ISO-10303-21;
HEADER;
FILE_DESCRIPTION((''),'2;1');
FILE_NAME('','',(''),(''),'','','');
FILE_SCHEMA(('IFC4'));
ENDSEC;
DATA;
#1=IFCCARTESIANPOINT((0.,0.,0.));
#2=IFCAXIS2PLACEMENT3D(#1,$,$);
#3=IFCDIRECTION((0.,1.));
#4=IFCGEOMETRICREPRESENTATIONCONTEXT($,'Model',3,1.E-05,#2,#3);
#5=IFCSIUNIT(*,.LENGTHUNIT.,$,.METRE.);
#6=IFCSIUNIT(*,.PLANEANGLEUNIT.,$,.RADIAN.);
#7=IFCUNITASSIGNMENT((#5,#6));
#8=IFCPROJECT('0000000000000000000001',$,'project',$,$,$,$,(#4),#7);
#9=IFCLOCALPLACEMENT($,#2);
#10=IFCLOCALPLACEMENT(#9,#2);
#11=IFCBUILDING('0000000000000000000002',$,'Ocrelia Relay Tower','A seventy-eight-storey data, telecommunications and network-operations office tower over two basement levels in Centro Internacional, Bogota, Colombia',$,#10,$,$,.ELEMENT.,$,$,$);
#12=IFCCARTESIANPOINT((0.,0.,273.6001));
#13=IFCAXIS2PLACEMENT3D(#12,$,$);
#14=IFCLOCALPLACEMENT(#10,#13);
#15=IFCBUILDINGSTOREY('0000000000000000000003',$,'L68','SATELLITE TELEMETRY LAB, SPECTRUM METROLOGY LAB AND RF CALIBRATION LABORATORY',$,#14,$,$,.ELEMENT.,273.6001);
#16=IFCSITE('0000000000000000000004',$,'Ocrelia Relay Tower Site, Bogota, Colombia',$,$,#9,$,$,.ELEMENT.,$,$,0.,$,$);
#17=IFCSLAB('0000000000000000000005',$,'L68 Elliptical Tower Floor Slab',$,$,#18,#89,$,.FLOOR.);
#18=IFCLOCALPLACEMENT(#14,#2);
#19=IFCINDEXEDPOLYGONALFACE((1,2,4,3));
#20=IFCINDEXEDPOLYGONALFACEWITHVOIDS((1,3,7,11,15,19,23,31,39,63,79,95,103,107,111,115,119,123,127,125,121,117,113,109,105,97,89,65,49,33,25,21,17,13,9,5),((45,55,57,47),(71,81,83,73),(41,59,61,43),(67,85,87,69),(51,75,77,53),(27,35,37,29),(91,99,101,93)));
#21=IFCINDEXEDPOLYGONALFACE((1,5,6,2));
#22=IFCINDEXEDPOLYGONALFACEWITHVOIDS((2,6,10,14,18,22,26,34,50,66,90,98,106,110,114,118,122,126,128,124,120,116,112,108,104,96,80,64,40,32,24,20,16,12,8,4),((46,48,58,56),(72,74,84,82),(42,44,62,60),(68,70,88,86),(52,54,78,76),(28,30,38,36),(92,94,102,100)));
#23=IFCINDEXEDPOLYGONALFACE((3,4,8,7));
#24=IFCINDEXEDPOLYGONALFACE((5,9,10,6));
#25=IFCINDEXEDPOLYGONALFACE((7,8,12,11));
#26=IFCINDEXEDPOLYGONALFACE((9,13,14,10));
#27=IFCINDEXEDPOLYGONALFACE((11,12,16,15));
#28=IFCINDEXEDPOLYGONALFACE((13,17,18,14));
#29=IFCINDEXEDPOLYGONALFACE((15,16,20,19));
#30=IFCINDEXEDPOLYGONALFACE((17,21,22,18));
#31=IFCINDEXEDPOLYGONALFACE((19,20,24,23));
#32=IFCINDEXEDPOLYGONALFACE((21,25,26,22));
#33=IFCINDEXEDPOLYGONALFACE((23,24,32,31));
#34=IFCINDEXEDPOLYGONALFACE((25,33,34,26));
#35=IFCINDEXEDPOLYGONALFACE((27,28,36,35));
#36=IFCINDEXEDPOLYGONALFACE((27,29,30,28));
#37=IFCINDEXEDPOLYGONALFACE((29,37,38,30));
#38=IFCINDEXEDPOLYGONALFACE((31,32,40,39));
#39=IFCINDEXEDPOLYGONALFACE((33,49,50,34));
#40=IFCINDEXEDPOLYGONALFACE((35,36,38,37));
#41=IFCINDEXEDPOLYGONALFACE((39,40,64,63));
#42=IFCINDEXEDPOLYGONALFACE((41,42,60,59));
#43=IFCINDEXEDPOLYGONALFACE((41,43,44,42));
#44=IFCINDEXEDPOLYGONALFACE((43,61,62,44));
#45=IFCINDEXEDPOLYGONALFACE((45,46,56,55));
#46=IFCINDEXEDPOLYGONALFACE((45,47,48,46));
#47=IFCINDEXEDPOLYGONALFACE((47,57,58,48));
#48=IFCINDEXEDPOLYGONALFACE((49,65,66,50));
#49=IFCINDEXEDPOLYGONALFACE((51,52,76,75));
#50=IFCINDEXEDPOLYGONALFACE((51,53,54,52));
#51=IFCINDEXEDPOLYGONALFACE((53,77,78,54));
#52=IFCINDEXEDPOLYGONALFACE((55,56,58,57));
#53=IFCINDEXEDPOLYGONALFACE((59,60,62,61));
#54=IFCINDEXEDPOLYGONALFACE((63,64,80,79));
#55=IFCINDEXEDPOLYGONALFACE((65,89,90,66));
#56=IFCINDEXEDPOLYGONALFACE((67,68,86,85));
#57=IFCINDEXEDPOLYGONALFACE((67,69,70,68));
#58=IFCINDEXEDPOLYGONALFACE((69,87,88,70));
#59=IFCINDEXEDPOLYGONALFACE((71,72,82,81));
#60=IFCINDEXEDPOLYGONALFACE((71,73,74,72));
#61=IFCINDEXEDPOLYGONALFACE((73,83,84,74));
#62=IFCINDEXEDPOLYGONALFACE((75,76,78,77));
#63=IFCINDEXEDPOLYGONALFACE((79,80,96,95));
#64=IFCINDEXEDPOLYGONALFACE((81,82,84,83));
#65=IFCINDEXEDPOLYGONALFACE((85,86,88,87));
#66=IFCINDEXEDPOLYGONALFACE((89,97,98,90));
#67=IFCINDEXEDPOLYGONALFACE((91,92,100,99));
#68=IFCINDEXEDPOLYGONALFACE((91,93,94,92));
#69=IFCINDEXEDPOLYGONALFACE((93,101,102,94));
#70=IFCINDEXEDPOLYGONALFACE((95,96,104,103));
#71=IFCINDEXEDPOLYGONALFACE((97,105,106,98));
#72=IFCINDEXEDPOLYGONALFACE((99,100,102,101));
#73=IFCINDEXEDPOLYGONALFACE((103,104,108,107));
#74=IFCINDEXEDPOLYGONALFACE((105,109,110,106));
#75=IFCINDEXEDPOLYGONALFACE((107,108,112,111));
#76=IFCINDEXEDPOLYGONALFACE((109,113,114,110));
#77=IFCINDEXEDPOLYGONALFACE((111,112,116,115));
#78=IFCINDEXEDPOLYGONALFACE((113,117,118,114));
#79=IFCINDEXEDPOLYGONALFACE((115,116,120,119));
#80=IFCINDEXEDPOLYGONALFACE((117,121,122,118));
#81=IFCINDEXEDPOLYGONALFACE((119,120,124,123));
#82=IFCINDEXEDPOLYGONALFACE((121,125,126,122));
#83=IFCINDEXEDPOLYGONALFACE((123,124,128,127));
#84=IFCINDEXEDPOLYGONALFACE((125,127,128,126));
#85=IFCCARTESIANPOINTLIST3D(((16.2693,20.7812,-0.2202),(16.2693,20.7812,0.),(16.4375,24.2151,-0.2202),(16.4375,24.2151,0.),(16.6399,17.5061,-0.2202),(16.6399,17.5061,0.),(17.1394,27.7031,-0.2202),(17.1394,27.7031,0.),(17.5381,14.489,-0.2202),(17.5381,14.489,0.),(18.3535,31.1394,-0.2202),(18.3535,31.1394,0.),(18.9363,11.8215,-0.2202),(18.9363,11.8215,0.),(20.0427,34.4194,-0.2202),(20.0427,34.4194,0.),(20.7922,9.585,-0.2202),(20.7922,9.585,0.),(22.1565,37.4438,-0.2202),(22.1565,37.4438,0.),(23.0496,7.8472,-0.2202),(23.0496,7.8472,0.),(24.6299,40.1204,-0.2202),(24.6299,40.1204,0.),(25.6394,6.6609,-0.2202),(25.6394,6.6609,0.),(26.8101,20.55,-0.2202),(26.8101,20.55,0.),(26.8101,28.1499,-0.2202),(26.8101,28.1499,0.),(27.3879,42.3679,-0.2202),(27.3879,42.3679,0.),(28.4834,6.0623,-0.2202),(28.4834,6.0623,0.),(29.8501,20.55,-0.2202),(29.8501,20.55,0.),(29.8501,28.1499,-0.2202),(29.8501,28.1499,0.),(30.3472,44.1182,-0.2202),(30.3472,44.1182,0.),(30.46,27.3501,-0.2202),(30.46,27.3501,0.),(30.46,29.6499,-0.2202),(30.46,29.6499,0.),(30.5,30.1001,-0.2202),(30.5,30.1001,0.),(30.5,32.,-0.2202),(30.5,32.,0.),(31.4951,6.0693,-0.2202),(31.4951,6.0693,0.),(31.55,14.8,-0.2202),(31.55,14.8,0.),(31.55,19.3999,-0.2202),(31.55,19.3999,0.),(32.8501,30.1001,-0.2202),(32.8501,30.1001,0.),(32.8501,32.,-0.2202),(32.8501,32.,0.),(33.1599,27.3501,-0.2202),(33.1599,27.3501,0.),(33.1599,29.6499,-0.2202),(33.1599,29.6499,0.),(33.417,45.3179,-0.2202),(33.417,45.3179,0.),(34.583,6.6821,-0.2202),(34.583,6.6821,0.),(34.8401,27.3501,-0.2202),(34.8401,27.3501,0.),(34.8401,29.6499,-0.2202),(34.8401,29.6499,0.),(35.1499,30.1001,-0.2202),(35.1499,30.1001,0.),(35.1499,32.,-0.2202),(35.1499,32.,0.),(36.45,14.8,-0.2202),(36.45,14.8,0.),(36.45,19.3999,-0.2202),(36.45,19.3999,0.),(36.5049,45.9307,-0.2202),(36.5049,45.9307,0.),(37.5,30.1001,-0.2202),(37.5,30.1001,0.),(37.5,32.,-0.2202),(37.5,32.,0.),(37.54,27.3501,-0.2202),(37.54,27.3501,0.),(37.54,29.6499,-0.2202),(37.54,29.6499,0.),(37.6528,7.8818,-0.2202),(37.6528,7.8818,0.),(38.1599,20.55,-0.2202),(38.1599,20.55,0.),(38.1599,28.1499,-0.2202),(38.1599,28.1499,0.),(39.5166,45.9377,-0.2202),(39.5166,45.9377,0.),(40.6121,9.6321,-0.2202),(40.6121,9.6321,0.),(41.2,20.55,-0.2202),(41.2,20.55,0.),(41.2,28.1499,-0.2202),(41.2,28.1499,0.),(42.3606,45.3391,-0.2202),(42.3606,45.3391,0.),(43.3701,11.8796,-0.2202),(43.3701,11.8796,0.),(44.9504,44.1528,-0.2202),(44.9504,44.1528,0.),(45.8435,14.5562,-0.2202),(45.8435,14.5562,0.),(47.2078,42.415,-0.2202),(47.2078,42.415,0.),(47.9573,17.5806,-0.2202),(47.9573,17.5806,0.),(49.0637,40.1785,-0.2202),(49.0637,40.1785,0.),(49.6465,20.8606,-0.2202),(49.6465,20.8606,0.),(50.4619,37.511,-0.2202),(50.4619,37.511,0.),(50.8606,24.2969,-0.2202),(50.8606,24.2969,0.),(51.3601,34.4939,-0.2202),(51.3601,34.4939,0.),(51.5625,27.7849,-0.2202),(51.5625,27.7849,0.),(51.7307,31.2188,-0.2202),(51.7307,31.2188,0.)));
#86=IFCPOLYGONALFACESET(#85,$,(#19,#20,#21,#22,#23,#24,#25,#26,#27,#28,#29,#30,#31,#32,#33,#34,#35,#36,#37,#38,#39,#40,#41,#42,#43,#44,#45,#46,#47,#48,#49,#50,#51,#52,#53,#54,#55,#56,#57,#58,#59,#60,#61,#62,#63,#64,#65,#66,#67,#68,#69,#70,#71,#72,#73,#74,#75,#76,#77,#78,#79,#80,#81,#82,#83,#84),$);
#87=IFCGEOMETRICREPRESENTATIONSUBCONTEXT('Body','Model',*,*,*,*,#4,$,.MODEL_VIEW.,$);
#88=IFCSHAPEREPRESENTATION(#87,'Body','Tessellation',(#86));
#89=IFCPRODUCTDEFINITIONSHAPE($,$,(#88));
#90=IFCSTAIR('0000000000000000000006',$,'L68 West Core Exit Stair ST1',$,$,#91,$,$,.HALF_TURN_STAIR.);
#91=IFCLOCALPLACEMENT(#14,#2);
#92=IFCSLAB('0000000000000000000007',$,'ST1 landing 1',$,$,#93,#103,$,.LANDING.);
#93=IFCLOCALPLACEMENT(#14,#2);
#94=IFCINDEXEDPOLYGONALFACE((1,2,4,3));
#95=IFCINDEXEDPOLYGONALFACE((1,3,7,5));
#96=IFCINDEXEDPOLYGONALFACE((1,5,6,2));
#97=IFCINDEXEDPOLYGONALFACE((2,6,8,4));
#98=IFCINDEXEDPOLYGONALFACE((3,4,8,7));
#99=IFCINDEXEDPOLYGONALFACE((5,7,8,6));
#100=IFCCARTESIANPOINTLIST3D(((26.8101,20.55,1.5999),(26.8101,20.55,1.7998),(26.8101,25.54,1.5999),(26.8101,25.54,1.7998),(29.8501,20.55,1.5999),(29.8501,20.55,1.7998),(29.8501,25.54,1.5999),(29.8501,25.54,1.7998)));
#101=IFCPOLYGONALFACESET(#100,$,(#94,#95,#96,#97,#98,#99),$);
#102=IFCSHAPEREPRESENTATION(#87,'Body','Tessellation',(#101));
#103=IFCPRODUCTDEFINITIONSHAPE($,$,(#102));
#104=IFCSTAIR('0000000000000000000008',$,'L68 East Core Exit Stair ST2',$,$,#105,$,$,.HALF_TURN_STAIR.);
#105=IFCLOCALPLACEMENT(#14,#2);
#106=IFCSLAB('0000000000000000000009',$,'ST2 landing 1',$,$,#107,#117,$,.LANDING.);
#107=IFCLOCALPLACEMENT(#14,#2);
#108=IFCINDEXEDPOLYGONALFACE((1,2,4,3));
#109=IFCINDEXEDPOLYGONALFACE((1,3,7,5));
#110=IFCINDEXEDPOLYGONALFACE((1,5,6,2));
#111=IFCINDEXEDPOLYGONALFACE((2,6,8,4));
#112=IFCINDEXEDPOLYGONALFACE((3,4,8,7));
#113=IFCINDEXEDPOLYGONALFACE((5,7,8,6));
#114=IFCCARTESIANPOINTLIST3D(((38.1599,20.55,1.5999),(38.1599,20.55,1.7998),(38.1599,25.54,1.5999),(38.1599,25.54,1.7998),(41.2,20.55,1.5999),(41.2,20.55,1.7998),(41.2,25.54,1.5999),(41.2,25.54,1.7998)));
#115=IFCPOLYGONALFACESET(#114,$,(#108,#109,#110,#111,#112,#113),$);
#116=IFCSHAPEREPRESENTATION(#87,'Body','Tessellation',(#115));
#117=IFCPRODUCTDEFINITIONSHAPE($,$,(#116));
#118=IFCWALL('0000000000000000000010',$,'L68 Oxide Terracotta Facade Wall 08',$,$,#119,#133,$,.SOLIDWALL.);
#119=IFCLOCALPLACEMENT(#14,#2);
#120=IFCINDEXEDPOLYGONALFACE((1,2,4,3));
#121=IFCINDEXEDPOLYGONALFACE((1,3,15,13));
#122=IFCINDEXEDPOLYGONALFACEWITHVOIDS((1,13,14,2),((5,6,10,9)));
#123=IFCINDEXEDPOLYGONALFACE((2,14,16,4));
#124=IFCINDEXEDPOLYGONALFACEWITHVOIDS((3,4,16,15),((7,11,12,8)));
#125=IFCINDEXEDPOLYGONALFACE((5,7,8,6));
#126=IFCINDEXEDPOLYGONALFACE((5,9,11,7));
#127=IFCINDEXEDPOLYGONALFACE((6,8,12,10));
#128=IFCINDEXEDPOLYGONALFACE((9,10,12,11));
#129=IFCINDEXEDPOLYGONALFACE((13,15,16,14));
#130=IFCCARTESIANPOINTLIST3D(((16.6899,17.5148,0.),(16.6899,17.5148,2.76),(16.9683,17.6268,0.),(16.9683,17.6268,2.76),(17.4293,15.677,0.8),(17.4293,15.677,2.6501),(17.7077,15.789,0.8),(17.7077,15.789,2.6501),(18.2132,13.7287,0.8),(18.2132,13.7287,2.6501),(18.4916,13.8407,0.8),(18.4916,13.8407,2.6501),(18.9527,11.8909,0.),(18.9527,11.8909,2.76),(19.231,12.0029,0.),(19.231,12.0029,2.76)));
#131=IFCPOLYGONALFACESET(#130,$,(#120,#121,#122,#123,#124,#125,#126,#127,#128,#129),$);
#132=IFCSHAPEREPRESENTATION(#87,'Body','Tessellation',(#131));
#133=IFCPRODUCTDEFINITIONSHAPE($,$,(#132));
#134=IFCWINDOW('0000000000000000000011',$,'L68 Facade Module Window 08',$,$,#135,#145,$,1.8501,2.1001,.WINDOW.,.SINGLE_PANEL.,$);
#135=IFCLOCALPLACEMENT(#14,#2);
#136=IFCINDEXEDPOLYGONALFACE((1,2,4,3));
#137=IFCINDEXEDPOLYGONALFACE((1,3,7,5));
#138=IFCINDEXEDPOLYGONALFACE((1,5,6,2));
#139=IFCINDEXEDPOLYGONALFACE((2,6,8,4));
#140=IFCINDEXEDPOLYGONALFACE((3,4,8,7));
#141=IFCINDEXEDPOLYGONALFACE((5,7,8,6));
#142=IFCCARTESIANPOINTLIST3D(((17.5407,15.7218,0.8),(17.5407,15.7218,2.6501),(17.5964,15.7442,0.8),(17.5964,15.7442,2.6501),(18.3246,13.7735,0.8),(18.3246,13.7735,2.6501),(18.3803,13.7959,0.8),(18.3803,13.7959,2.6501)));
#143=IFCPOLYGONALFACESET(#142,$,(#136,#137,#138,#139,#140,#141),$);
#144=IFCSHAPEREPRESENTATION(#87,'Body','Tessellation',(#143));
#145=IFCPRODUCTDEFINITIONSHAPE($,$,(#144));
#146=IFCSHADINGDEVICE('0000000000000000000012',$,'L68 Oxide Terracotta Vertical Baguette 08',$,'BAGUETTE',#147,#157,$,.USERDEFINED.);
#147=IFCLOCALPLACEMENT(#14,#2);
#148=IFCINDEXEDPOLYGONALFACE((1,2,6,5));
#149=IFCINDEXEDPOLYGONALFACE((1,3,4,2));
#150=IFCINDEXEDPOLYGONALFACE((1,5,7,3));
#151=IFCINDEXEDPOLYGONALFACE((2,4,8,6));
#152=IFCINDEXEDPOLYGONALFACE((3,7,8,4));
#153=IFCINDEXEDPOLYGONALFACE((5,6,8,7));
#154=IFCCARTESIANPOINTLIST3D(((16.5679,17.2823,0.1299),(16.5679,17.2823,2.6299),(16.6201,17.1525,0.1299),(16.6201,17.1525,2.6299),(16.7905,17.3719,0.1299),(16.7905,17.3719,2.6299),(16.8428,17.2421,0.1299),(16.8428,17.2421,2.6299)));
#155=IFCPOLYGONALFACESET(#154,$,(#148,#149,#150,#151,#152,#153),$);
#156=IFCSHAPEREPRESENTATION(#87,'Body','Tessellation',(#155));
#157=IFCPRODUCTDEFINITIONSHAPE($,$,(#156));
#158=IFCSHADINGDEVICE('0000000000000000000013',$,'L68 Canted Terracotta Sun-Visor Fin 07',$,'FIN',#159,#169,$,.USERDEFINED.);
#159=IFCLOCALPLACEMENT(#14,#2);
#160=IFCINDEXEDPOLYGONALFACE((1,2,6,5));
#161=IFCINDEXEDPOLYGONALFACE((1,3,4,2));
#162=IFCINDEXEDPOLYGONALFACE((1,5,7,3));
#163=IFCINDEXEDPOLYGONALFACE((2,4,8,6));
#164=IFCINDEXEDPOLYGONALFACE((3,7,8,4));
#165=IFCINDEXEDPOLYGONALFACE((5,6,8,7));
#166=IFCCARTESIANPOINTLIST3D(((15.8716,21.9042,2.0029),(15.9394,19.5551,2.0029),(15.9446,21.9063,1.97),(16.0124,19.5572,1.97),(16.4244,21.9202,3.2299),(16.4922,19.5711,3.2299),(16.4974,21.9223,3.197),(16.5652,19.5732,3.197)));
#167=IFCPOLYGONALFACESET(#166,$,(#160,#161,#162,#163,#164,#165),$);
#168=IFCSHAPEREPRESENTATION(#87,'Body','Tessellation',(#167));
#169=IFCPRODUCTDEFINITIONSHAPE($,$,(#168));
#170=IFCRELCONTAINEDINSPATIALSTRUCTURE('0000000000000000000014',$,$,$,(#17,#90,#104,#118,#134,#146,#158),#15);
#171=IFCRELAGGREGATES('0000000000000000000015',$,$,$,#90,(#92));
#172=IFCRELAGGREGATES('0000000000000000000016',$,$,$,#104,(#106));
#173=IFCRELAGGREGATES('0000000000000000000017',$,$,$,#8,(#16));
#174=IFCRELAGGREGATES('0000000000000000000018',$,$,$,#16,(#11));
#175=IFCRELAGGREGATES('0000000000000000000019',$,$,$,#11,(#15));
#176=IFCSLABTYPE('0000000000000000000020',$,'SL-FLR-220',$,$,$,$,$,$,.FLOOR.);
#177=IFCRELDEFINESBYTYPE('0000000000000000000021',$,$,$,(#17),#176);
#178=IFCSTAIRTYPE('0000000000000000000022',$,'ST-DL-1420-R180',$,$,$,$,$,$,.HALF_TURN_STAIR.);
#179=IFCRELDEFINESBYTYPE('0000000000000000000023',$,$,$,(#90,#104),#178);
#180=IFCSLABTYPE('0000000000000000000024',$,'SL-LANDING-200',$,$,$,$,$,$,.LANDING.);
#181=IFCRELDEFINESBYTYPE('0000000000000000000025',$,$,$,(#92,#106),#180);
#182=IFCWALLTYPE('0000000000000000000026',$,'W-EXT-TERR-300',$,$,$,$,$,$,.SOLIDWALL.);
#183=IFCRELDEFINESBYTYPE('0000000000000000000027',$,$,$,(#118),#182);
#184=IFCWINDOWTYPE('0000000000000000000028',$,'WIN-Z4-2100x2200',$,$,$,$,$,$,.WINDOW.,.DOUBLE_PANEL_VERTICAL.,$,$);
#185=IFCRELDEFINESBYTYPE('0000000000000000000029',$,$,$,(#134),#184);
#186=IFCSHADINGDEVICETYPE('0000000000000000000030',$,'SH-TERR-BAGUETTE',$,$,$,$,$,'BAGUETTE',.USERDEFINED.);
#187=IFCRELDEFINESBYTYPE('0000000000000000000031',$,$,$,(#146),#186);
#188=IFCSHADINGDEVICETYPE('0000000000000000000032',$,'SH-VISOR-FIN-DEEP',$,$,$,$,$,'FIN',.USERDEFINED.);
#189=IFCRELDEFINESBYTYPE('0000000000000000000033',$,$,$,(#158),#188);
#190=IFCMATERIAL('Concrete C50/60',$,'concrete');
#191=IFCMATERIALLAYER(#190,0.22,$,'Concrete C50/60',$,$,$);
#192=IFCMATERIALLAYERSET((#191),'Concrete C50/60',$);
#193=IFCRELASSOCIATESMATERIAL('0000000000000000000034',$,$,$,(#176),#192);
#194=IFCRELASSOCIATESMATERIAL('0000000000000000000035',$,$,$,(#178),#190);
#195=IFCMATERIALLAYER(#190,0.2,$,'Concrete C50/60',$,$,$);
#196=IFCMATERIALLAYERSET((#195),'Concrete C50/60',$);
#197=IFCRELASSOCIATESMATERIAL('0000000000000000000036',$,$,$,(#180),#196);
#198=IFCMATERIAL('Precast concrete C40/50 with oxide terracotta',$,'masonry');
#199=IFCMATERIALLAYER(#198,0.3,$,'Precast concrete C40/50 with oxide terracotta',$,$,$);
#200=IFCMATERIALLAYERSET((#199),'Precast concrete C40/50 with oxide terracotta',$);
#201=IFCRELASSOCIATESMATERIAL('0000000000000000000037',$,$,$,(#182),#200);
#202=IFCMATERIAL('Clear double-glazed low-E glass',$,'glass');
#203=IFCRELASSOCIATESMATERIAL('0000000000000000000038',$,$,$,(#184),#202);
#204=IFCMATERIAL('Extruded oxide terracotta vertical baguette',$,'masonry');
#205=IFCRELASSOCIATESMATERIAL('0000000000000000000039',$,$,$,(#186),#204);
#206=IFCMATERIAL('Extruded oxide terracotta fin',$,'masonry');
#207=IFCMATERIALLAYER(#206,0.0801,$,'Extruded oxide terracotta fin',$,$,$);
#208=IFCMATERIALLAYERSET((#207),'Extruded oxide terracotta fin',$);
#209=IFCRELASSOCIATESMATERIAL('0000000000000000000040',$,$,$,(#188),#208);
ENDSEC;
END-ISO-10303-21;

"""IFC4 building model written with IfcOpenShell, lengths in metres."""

from ifc_helpers import new_model, si_unit, direction, frame, frame_2d, origin, origin_2d, place, context, subcontext, project, spatial, polyline, rectangle, outline, extrude, material, layer, layer_set, type_object, element, fill, aggregate, save


model = new_model("IFC4")

# Units and contexts
model_context = context("Model", 3, precision=1e-05, world=origin(), true_north=direction((0.0, 1.0)))
body_context = subcontext(model_context, "Body", "Model", "MODEL_VIEW")
ifc_project = project(units=[si_unit("LENGTHUNIT", "METRE"), si_unit("PLANEANGLEUNIT", "RADIAN")], contexts=[model_context])

# Site, building, storey
site_placement = place(None, origin())
site = spatial("IfcSite", under=ifc_project, at=site_placement, Name="Ocrelia Relay Tower Site, Bogota, Colombia", CompositionType="ELEMENT", RefElevation=0.0)
building_placement = place(site_placement, origin())
building = spatial("IfcBuilding", under=site, at=building_placement, Name="Ocrelia Relay Tower", Description="A seventy-eight-storey data, telecommunications and network-operations office tower over two basement levels in Centro Internacional, Bogota, Colombia", CompositionType="ELEMENT")
storey_placement = place(building_placement, frame((0.0, 0.0, 273.6001)))
storey = spatial("IfcBuildingStorey", under=building, at=storey_placement, Name="L68", Description="SATELLITE TELEMETRY LAB, SPECTRUM METROLOGY LAB AND RF CALIBRATION LABORATORY", CompositionType="ELEMENT", Elevation=273.6001)

# Shared definitions
ifc_material_1 = material(Name="Concrete C50/60", Category="concrete")

# Shared definitions
ifc_material_2 = material(Name="Clear double-glazed low-E glass", Category="glass")

# Slab
ifc_layer_1 = layer(ifc_material_1, 0.22, Name="Concrete C50/60")
ifc_layer_set_1 = layer_set([ifc_layer_1], Name="Concrete C50/60")
slab_type_1 = type_object("IfcSlabType", Name="SL-FLR-220", PredefinedType="FLOOR", material=ifc_layer_set_1)
slab_1_placement = place(storey_placement, frame((0.0, 0.0, -0.2202)))
element("IfcSlab", 1, at=slab_1_placement, inside=storey, type_object=slab_type_1, Name="L68 Elliptical Tower Floor Slab", PredefinedType="FLOOR", context=body_context, shape_type="SweptSolid", body=[
    extrude(outline(polyline([(44.9504, 44.1528), (42.3606, 45.3391), (39.5166, 45.9377), (36.5049, 45.9307), (33.417, 45.3179), (30.3472, 44.1182), (27.3879, 42.3679), (24.6299, 40.1204), (22.1565, 37.4438), (20.0427, 34.4194), (18.3535, 31.1394), (17.1394, 27.7031), (16.4375, 24.2151), (16.2693, 20.7812), (16.6399, 17.5061), (17.5381, 14.489), (18.9363, 11.8215), (20.7922, 9.585), (23.0496, 7.8472), (25.6394, 6.6609), (28.4834, 6.0623), (31.4951, 6.0693), (34.583, 6.6821), (37.6528, 7.8818), (40.6121, 9.6321), (43.3701, 11.8796), (45.8435, 14.5562), (47.9573, 17.5806), (49.6465, 20.8606), (50.8606, 24.2969), (51.5625, 27.7849), (51.7307, 31.2188), (51.3601, 34.4939), (50.4619, 37.511), (49.0637, 40.1785), (47.2078, 42.415), (44.9504, 44.1528)]), holes=[polyline([(26.8101, 28.1499), (26.8101, 20.55), (29.8501, 20.55), (29.8501, 28.1499), (26.8101, 28.1499)]), polyline([(38.1599, 28.1499), (38.1599, 20.55), (41.2, 20.55), (41.2, 28.1499), (38.1599, 28.1499)]), polyline([(30.46, 27.3501), (33.1599, 27.3501), (33.1599, 29.6499), (30.46, 29.6499), (30.46, 27.3501)]), polyline([(34.8401, 27.3501), (37.54, 27.3501), (37.54, 29.6499), (34.8401, 29.6499), (34.8401, 27.3501)]), polyline([(30.5, 30.1001), (32.8501, 30.1001), (32.8501, 32.0), (30.5, 32.0), (30.5, 30.1001)]), polyline([(35.1499, 30.1001), (37.5, 30.1001), (37.5, 32.0), (35.1499, 32.0), (35.1499, 30.1001)]), polyline([(31.55, 14.8), (36.45, 14.8), (36.45, 19.3999), (31.55, 19.3999), (31.55, 14.8)])]), origin(), (0.0, 0.0, 1.0), 0.2202),
])

# Stairs, slabs
stair_type = type_object("IfcStairType", Name="ST-DL-1420-R180", PredefinedType="HALF_TURN_STAIR", material=ifc_material_1)
stair_1_placement = place(storey_placement, origin())
stair_1 = element("IfcStair", 2, at=stair_1_placement, inside=storey, type_object=stair_type, Name="L68 West Core Exit Stair ST1", PredefinedType="HALF_TURN_STAIR")
ifc_layer_2 = layer(ifc_material_1, 0.2, Name="Concrete C50/60")
ifc_layer_set_2 = layer_set([ifc_layer_2], Name="Concrete C50/60")
slab_type_2 = type_object("IfcSlabType", Name="SL-LANDING-200", PredefinedType="LANDING", material=ifc_layer_set_2)
slab_2_placement = place(storey_placement, frame((0.0, 0.0, 1.5999)))
slab_2 = element("IfcSlab", 3, at=slab_2_placement, type_object=slab_type_2, Name="ST1 landing 1", PredefinedType="LANDING", context=body_context, shape_type="SweptSolid", body=[
    extrude(outline(polyline([(26.8101, 25.54), (26.8101, 20.55), (29.8501, 20.55), (29.8501, 25.54), (26.8101, 25.54)])), origin(), (0.0, 0.0, 1.0), 0.2),
])
aggregate(stair_1, [slab_2])
stair_2_placement = place(storey_placement, origin())
stair_2 = element("IfcStair", 4, at=stair_2_placement, inside=storey, type_object=stair_type, Name="L68 East Core Exit Stair ST2", PredefinedType="HALF_TURN_STAIR")
slab_3_placement = place(storey_placement, frame((0.0, 0.0, 1.5999)))
slab_3 = element("IfcSlab", 5, at=slab_3_placement, type_object=slab_type_2, Name="ST2 landing 1", PredefinedType="LANDING", context=body_context, shape_type="SweptSolid", body=[
    extrude(outline(polyline([(38.1599, 25.54), (38.1599, 20.55), (41.2, 20.55), (41.2, 25.54), (38.1599, 25.54)])), origin(), (0.0, 0.0, 1.0), 0.2),
])
aggregate(stair_2, [slab_3])

# Wall, opening, window
ifc_material_3 = material(Name="Precast concrete C40/50 with oxide terracotta", Category="masonry")
ifc_layer_3 = layer(ifc_material_3, 0.3, Name="Precast concrete C40/50 with oxide terracotta")
ifc_layer_set_3 = layer_set([ifc_layer_3], Name="Precast concrete C40/50 with oxide terracotta")
wall_type_1 = type_object("IfcWallType", Name="W-EXT-TERR-300", PredefinedType="SOLIDWALL", material=ifc_layer_set_3)
wall_1_placement = place(storey_placement, frame((16.8291, 17.5708, 0.0), z_axis=(0.0, 0.0, 1.0), x_axis=(0.373265, -0.927725, 0.0)))
wall_1 = element("IfcWall", 6, at=wall_1_placement, inside=storey, type_object=wall_type_1, Name="L68 Oxide Terracotta Facade Wall 08", PredefinedType="SOLIDWALL", context=body_context, shape_type="SweptSolid", body=[
    extrude(rectangle(XDim=6.062, YDim=0.3, at=frame_2d((3.031, 0.0))), origin(), (0.0, 0.0, 1.0), 2.76),
])
opening_1_placement = place(wall_1_placement, frame((1.981, 0.0, 0.8)))
opening_1 = element("IfcOpeningElement", 7, at=opening_1_placement, cuts=wall_1, PredefinedType="OPENING", context=body_context, shape_type="SweptSolid", body=[
    extrude(rectangle(XDim=2.1001, YDim=1.8501, at=frame_2d((1.05, 0.925))), frame((0.0, 0.1602, 0.0), z_axis=(0.0, -1.0, 0.0), x_axis=(1.0, 0.0, 0.0)), (0.0, 0.0, 1.0), 0.3201),
])
window_type = type_object("IfcWindowType", Name="WIN-Z4-2100x2200", PartitioningType="DOUBLE_PANEL_VERTICAL", PredefinedType="WINDOW", material=ifc_material_2)
window_placement = place(opening_1_placement, origin())
window = element("IfcWindow", 8, at=window_placement, inside=storey, type_object=window_type, Name="L68 Facade Module Window 08", OverallHeight=1.8501, OverallWidth=2.1001, PartitioningType="SINGLE_PANEL", PredefinedType="WINDOW", context=body_context, shape_type="SweptSolid", body=[
    extrude(rectangle(XDim=2.1001, YDim=1.8501, at=frame_2d((1.05, 0.925))), frame((0.0, 0.03, 0.0), z_axis=(0.0, -1.0, 0.0), x_axis=(1.0, 0.0, 0.0)), (0.0, 0.0, 1.0), 0.0601),
])
fill(opening_1, window)

# Shading devices
ifc_material_4 = material(Name="Extruded oxide terracotta vertical baguette", Category="masonry")
shading_device_type_1 = type_object("IfcShadingDeviceType", Name="SH-TERR-BAGUETTE", ElementType="BAGUETTE", PredefinedType="USERDEFINED", material=ifc_material_4)
shading_device_1_placement = place(storey_placement, frame((16.7053, 17.2622, 0.1299), z_axis=(0.0, 0.0, 1.0), x_axis=(0.37327, -0.927723, 0.0)))
element("IfcShadingDevice", 9, at=shading_device_1_placement, inside=storey, type_object=shading_device_type_1, Name="L68 Oxide Terracotta Vertical Baguette 08", ObjectType="BAGUETTE", PredefinedType="USERDEFINED", context=body_context, shape_type="SweptSolid", body=[
    extrude(rectangle(XDim=0.1399, YDim=0.24, at=origin_2d()), origin(), (0.0, 0.0, 1.0), 2.5),
])
ifc_material_5 = material(Name="Extruded oxide terracotta fin", Category="masonry")
ifc_layer_4 = layer(ifc_material_5, 0.0801, Name="Extruded oxide terracotta fin")
ifc_layer_set_4 = layer_set([ifc_layer_4], Name="Extruded oxide terracotta fin")
shading_device_type_2 = type_object("IfcShadingDeviceType", Name="SH-VISOR-FIN-DEEP", ElementType="FIN", PredefinedType="USERDEFINED", material=ifc_layer_set_4)
shading_device_2_placement = place(storey_placement, frame((16.2549, 20.7397, 2.5835), z_axis=(-0.911311, -0.026308, 0.410878), x_axis=(0.028857, -0.999584, 0.0)))
element("IfcShadingDevice", 10, at=shading_device_2_placement, inside=storey, type_object=shading_device_type_2, Name="L68 Canted Terracotta Sun-Visor Fin 07", ObjectType="FIN", PredefinedType="USERDEFINED", context=body_context, shape_type="SweptSolid", body=[
    extrude(rectangle(XDim=2.3501, YDim=1.3459, at=origin_2d()), origin(), (0.0, 0.0, 1.0), 0.0801),
])

save(model, "model.ifc")
